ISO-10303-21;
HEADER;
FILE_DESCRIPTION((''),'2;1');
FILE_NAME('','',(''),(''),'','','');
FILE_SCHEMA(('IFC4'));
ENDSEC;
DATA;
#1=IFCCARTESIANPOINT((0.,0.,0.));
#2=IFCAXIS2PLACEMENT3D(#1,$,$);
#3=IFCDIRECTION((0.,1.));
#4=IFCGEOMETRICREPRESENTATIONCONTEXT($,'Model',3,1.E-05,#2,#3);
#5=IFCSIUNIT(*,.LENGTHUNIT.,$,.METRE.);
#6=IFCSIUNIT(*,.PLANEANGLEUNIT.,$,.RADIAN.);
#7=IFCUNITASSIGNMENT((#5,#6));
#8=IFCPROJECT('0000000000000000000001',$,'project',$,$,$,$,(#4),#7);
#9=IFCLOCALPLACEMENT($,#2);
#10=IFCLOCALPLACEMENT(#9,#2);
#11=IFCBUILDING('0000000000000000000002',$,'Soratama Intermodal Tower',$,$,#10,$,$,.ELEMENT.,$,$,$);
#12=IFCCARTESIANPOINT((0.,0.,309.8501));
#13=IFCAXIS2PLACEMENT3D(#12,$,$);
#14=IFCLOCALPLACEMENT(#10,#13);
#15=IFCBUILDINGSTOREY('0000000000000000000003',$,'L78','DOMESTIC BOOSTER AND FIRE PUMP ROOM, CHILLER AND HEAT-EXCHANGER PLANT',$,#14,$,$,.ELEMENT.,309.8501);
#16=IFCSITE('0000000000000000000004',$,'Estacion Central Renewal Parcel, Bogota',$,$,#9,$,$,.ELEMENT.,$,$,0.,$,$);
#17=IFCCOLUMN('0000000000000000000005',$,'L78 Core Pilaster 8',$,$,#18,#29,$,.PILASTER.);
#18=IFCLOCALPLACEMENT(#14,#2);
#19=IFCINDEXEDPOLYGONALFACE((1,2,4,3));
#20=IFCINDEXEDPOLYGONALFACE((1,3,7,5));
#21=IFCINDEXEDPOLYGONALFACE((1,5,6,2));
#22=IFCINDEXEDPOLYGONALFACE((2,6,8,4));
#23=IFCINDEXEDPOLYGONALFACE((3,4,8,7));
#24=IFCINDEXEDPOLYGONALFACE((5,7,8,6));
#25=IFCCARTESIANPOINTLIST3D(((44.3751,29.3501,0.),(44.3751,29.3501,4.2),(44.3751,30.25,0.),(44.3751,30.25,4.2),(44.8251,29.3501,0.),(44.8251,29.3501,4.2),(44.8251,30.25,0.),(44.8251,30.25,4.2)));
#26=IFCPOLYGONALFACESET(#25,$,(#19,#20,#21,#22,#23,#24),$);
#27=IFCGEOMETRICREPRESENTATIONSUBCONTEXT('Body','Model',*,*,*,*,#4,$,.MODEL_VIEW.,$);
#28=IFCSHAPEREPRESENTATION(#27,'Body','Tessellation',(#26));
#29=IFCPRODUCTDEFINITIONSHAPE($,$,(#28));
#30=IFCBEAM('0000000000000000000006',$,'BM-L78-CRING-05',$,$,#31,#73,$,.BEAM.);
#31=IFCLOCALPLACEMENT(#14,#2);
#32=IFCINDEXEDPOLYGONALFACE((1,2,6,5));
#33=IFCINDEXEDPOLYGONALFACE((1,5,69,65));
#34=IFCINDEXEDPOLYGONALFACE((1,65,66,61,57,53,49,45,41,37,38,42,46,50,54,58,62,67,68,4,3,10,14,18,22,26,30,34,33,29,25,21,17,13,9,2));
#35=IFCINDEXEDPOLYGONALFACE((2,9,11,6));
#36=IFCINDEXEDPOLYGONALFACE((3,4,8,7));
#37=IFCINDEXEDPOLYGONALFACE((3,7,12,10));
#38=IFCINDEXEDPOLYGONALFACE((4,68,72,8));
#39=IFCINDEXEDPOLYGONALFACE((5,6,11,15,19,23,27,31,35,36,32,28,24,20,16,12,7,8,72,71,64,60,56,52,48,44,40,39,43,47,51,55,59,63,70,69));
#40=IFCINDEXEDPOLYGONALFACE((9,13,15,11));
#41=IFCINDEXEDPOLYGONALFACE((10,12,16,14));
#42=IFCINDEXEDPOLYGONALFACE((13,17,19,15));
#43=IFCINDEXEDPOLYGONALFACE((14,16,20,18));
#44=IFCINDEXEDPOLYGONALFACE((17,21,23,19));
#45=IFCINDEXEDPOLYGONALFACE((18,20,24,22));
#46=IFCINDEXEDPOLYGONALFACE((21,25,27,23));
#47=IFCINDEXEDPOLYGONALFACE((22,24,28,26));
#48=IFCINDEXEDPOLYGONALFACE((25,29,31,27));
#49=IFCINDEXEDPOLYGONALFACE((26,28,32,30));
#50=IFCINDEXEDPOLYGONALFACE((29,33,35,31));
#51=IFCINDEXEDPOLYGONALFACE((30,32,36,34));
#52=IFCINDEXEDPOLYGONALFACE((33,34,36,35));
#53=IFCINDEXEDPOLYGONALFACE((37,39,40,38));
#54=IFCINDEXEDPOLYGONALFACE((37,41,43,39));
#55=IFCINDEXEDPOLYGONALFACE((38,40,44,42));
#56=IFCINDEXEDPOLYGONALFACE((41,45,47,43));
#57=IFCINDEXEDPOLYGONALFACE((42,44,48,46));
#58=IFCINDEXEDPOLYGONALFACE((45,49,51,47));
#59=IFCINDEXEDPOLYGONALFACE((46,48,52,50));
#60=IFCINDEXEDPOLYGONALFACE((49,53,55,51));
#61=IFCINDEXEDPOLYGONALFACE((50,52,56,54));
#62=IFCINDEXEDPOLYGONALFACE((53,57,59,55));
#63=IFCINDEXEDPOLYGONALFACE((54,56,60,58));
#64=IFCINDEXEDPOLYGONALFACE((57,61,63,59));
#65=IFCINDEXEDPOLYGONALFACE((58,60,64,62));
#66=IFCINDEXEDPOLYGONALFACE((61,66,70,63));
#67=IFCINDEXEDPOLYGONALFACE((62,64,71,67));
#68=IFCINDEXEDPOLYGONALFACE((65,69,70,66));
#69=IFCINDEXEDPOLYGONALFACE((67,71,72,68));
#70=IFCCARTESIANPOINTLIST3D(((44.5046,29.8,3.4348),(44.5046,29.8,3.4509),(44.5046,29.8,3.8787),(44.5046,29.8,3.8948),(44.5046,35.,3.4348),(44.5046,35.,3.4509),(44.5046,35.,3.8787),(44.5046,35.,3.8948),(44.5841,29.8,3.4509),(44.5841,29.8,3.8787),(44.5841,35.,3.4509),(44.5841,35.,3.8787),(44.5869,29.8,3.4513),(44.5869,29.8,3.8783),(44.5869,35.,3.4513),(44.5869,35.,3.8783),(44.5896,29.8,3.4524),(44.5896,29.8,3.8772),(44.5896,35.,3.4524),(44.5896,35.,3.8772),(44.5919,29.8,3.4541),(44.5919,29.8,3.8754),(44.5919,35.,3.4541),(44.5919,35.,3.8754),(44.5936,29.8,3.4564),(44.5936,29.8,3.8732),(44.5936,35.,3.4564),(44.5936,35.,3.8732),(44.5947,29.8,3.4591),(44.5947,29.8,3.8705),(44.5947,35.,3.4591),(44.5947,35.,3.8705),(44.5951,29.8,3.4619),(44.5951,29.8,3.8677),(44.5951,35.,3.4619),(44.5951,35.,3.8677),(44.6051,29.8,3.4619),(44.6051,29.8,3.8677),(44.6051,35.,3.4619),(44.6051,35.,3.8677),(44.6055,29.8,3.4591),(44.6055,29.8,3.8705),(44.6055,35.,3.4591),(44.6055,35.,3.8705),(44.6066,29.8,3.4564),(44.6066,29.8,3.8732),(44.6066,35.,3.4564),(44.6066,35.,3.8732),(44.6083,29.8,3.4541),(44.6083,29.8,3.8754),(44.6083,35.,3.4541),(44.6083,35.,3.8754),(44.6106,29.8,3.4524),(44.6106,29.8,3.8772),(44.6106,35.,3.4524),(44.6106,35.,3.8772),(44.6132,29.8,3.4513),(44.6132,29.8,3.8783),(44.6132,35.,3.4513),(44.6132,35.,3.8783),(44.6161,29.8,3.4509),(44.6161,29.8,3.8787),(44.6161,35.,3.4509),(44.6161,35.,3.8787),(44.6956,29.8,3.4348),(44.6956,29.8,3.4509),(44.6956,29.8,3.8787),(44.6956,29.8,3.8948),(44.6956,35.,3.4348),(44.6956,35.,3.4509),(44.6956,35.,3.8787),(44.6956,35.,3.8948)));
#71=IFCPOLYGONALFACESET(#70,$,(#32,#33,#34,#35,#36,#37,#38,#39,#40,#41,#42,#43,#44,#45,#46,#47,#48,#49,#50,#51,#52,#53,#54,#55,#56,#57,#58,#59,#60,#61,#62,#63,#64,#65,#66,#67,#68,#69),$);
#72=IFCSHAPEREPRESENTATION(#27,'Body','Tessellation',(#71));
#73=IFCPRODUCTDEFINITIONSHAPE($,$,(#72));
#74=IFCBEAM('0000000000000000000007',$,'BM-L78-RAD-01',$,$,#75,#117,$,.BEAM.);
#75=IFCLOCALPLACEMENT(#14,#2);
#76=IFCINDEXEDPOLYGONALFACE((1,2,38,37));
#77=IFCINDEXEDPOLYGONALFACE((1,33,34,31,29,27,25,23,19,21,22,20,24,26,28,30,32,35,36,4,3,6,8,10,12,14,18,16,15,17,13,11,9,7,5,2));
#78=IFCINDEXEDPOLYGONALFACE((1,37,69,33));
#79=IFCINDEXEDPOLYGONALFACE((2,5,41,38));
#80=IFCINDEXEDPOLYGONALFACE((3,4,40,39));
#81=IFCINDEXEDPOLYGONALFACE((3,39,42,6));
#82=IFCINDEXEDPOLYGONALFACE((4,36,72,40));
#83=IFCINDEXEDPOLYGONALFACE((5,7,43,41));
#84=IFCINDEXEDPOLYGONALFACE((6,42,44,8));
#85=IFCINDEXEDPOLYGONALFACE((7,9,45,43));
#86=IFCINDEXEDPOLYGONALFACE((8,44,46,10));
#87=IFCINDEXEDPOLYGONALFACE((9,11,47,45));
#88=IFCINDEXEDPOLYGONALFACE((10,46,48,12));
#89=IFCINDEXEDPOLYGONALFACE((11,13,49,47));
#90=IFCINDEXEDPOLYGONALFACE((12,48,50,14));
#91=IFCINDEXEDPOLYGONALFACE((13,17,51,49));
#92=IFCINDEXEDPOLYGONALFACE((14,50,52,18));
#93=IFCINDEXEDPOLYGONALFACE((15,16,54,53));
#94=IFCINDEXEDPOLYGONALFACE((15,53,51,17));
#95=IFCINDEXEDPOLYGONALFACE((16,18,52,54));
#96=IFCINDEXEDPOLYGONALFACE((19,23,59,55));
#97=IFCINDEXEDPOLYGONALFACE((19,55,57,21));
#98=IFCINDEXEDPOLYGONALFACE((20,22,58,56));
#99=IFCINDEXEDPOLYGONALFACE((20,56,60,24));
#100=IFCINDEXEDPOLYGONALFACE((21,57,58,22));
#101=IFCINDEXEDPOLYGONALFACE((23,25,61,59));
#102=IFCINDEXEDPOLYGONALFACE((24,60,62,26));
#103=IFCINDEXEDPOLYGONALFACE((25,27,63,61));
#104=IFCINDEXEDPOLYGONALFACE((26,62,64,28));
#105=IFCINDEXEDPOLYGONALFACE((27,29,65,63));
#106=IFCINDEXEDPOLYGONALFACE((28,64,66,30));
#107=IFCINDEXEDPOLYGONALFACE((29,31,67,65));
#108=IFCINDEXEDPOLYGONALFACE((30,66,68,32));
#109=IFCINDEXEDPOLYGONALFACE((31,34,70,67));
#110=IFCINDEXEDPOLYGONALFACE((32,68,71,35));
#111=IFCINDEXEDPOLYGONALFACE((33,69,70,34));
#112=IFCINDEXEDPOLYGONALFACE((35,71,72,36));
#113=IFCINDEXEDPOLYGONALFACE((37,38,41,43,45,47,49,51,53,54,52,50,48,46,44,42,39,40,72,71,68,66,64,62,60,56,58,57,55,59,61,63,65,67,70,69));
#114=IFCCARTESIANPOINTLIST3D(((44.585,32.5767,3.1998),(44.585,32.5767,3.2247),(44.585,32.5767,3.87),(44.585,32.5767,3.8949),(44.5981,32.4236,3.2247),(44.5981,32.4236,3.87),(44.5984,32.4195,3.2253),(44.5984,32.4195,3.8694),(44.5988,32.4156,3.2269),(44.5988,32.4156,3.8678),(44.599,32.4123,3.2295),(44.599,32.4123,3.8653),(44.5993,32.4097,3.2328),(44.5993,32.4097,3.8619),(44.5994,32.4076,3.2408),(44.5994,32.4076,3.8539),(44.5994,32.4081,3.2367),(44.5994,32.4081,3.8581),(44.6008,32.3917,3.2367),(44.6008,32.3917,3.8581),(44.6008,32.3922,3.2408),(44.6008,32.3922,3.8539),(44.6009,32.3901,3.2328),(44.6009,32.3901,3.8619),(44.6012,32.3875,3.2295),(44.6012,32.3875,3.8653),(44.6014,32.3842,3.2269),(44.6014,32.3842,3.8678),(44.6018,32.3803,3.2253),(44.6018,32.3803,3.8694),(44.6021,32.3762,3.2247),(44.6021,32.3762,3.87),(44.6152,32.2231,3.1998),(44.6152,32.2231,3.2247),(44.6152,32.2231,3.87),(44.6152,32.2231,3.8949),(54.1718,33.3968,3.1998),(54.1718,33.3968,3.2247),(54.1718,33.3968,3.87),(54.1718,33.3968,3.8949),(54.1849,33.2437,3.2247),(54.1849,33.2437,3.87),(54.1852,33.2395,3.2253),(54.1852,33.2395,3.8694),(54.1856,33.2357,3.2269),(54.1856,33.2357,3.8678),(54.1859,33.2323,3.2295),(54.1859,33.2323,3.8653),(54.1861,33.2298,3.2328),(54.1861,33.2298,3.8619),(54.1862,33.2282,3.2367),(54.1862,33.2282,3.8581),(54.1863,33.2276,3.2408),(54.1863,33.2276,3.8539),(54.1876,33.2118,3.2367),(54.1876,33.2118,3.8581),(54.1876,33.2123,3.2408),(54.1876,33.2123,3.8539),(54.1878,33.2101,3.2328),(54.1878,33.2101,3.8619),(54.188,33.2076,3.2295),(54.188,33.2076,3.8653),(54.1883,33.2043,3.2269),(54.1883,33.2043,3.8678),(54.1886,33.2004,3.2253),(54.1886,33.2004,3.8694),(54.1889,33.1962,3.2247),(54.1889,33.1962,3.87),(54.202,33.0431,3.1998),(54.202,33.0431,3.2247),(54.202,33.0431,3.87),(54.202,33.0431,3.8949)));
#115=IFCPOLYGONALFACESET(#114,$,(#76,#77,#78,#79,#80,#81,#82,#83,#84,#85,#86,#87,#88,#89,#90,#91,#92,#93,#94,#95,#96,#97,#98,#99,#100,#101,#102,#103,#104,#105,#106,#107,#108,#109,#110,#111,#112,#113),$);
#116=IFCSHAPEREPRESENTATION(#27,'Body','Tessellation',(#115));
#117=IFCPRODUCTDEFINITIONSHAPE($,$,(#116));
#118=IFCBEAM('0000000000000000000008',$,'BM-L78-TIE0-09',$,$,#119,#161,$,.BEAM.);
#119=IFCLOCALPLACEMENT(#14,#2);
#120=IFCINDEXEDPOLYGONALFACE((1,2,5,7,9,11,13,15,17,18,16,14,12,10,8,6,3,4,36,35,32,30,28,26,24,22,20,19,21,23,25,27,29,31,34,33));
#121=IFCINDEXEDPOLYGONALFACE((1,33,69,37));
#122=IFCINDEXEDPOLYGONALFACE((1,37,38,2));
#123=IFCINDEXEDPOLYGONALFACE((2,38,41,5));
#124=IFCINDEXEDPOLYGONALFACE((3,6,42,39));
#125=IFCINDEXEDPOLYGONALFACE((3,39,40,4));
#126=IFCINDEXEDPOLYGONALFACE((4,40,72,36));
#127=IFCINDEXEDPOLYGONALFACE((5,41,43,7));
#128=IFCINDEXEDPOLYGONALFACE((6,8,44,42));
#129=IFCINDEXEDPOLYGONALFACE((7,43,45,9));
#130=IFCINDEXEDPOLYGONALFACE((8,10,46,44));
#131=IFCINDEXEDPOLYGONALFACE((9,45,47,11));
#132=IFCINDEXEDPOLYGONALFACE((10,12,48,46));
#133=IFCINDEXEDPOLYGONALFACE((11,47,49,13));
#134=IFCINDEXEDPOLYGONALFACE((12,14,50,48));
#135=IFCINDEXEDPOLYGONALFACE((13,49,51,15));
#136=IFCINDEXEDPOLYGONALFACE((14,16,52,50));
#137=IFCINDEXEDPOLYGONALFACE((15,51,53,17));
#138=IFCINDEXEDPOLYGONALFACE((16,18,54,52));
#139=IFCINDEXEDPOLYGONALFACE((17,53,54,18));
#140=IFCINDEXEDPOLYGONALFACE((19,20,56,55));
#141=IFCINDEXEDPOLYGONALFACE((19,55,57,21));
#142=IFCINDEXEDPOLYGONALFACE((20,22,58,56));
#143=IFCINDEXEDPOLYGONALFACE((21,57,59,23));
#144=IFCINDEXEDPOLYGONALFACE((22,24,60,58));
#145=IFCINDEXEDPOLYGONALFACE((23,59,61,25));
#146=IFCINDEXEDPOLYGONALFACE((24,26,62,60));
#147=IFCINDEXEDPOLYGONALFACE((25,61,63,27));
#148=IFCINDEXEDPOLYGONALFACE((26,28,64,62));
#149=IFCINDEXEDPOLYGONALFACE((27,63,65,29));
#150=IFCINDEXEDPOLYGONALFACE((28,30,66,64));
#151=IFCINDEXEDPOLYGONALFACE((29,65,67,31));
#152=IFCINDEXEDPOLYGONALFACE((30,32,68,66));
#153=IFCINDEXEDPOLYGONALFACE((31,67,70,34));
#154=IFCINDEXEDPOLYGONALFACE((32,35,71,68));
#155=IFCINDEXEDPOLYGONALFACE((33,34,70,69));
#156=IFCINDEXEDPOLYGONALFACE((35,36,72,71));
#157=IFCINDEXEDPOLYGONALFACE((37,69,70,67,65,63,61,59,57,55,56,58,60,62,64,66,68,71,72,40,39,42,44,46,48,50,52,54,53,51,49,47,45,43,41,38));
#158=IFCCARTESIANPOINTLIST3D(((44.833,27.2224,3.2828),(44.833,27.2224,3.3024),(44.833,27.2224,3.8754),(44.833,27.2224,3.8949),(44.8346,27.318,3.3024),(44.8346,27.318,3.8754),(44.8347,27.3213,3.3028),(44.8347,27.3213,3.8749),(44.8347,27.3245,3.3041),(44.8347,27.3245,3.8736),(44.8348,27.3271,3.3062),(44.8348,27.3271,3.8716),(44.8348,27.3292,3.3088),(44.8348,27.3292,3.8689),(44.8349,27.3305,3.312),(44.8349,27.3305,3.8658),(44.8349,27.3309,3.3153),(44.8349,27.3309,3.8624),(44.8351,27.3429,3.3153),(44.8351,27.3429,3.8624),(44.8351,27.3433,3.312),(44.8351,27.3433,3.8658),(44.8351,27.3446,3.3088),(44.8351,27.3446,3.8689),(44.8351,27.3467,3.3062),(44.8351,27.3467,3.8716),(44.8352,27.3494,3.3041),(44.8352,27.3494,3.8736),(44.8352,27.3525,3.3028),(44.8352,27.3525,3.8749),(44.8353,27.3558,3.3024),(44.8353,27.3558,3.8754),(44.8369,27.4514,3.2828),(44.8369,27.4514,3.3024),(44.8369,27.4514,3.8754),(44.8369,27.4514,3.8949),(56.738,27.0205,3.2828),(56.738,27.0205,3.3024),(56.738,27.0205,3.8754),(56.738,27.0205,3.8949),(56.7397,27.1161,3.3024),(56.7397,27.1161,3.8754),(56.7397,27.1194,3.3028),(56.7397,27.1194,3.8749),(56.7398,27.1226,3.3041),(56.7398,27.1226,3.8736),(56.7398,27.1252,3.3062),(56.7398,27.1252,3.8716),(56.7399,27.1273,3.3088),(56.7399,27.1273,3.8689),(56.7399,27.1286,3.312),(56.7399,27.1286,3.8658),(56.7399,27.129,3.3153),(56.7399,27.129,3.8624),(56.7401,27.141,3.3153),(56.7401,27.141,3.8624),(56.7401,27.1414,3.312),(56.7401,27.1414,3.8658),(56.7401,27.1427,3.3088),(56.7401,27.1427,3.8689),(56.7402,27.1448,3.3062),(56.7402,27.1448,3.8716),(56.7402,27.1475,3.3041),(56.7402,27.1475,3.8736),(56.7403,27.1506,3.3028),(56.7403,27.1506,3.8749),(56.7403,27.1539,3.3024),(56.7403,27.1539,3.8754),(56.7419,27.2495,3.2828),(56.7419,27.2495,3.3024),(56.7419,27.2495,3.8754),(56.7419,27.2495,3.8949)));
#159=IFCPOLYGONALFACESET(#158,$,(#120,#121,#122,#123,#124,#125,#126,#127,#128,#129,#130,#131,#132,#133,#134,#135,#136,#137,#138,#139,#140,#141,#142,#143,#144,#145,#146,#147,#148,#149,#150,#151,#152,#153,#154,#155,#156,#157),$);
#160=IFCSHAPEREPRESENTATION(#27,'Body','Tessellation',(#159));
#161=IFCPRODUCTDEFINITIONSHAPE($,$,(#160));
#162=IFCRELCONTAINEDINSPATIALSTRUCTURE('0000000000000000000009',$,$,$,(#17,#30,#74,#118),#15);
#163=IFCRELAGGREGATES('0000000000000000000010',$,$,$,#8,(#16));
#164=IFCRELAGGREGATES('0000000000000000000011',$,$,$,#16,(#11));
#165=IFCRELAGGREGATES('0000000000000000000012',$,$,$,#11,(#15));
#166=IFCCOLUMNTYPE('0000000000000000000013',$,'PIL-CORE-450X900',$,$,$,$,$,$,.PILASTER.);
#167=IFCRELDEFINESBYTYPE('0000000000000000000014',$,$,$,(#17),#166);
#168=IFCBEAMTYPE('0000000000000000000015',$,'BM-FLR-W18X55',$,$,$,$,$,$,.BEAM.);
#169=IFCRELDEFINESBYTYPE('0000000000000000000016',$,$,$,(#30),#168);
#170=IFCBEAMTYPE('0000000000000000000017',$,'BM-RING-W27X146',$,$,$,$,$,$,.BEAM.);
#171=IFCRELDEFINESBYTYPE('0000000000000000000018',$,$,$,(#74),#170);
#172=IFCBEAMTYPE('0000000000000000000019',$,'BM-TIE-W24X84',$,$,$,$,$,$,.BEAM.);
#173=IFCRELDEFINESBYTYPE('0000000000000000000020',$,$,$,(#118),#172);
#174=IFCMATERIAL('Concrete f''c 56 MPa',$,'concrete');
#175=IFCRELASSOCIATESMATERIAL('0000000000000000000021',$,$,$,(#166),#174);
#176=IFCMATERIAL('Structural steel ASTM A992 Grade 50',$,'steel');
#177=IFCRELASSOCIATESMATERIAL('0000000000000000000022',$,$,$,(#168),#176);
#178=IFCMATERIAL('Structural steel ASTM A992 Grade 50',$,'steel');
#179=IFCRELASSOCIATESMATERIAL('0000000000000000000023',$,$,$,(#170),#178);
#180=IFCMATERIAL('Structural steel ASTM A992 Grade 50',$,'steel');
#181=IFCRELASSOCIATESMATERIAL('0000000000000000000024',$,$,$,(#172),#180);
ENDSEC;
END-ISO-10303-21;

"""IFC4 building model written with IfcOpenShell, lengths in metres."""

from ifc_helpers import new_model, si_unit, direction, frame, origin, origin_2d, place, context, subcontext, project, spatial, rectangle, i_section, extrude, material, material_profile, profile_set, type_object, element, save


model = new_model("IFC4")

# Units and contexts
model_context = context("Model", 3, precision=1e-05, world=origin(), true_north=direction((0.0, 1.0)))
body_context = subcontext(model_context, "Body", "Model", "MODEL_VIEW")
ifc_project = project(units=[si_unit("LENGTHUNIT", "METRE"), si_unit("PLANEANGLEUNIT", "RADIAN")], contexts=[model_context])

# Site, building, storey
site_placement = place(None, origin())
site = spatial("IfcSite", under=ifc_project, at=site_placement, Name="Estacion Central Renewal Parcel, Bogota", CompositionType="ELEMENT", RefElevation=0.0)
building_placement = place(site_placement, origin())
building = spatial("IfcBuilding", under=site, at=building_placement, Name="Soratama Intermodal Tower", CompositionType="ELEMENT")
storey_placement = place(building_placement, frame((0.0, 0.0, 309.8501)))
storey = spatial("IfcBuildingStorey", under=building, at=storey_placement, Name="L78", Description="DOMESTIC BOOSTER AND FIRE PUMP ROOM, CHILLER AND HEAT-EXCHANGER PLANT", CompositionType="ELEMENT", Elevation=309.8501)

# Column
ifc_material_1 = material(Name="Concrete f'c 56 MPa", Category="concrete")
ifc_material_profile_1 = material_profile(ifc_material_1, rectangle(XDim=0.45, YDim=0.8999, at=origin_2d()), Name="RC450X900")
ifc_profile_set_1 = profile_set([ifc_material_profile_1], Name="Concrete f'c 56 MPa")
column_type = type_object("IfcColumnType", Name="PIL-CORE-450X900", PredefinedType="PILASTER", material=ifc_profile_set_1)
column_placement = place(storey_placement, frame((44.6001, 29.8, 0.0), z_axis=(0.0, 0.0, 1.0), x_axis=(1.0, 0.0, 0.0)))
element("IfcColumn", 1, at=column_placement, inside=storey, type_object=column_type, Name="L78 Core Pilaster 8", PredefinedType="PILASTER", context=body_context, shape_type="SweptSolid", body=[
    extrude(rectangle(XDim=0.45, YDim=0.8999, at=origin_2d()), origin(), (0.0, 0.0, 1.0), 4.2),
])

# Beams
ifc_material_2 = material(Name="Structural steel ASTM A992 Grade 50", Category="steel")
ifc_material_profile_2 = material_profile(ifc_material_2, i_section(OverallWidth=0.1909, OverallDepth=0.46, WebThickness=0.01, FlangeThickness=0.0161, FilletRadius=0.011, at=origin_2d()), Name="W18X55")
ifc_profile_set_2 = profile_set([ifc_material_profile_2], Name="Structural steel ASTM A992 Grade 50")
beam_type_1 = type_object("IfcBeamType", Name="BM-FLR-W18X55", PredefinedType="BEAM", material=ifc_profile_set_2)
beam_1_placement = place(storey_placement, frame((44.6001, 29.8, 3.6648), z_axis=(0.0, 1.0, 0.0), x_axis=(-1.0, 0.0, 0.0)))
element("IfcBeam", 2, at=beam_1_placement, inside=storey, type_object=beam_type_1, Name="BM-L78-CRING-05", PredefinedType="BEAM", context=body_context, shape_type="SweptSolid", body=[
    extrude(i_section(OverallWidth=0.1909, OverallDepth=0.46, WebThickness=0.01, FlangeThickness=0.0161, FilletRadius=0.011, at=origin_2d()), origin(), (0.0, 0.0, 1.0), 5.2),
])
ifc_material_3 = material(Name="Structural steel ASTM A992 Grade 50", Category="steel")
ifc_material_profile_3 = material_profile(ifc_material_3, i_section(OverallWidth=0.355, OverallDepth=0.6951, WebThickness=0.0154, FlangeThickness=0.0249, FilletRadius=0.0161, at=origin_2d()), Name="W27X146")
ifc_profile_set_3 = profile_set([ifc_material_profile_3], Name="Structural steel ASTM A992 Grade 50")
beam_type_2 = type_object("IfcBeamType", Name="BM-RING-W27X146", PredefinedType="BEAM", material=ifc_profile_set_3)
beam_2_placement = place(storey_placement, frame((44.6001, 32.3999, 3.5474), z_axis=(0.996361, 0.085229, 0.0), x_axis=(-0.085229, 0.996361, 0.0)))
element("IfcBeam", 3, at=beam_2_placement, inside=storey, type_object=beam_type_2, Name="BM-L78-RAD-01", PredefinedType="BEAM", context=body_context, shape_type="SweptSolid", body=[
    extrude(i_section(OverallWidth=0.355, OverallDepth=0.6951, WebThickness=0.0154, FlangeThickness=0.0249, FilletRadius=0.0161, at=origin_2d()), origin(), (0.0, 0.0, 1.0), 9.6218),
])
ifc_material_4 = material(Name="Structural steel ASTM A992 Grade 50", Category="steel")
ifc_material_profile_4 = material_profile(ifc_material_4, i_section(OverallWidth=0.229, OverallDepth=0.6121, WebThickness=0.012, FlangeThickness=0.0195, FilletRadius=0.0129, at=origin_2d()), Name="W24X84")
ifc_profile_set_4 = profile_set([ifc_material_profile_4], Name="Structural steel ASTM A992 Grade 50")
beam_type_3 = type_object("IfcBeamType", Name="BM-TIE-W24X84", PredefinedType="BEAM", material=ifc_profile_set_4)
beam_3_placement = place(storey_placement, frame((44.835, 27.3369, 3.5889), z_axis=(0.999856, -0.016957, 0.0), x_axis=(0.016957, 0.999856, 0.0)))
element("IfcBeam", 4, at=beam_3_placement, inside=storey, type_object=beam_type_3, Name="BM-L78-TIE0-09", PredefinedType="BEAM", context=body_context, shape_type="SweptSolid", body=[
    extrude(i_section(OverallWidth=0.229, OverallDepth=0.6121, WebThickness=0.012, FlangeThickness=0.0195, FilletRadius=0.0129, at=origin_2d()), origin(), (0.0, 0.0, 1.0), 11.9067),
])

save(model, "model.ifc")
